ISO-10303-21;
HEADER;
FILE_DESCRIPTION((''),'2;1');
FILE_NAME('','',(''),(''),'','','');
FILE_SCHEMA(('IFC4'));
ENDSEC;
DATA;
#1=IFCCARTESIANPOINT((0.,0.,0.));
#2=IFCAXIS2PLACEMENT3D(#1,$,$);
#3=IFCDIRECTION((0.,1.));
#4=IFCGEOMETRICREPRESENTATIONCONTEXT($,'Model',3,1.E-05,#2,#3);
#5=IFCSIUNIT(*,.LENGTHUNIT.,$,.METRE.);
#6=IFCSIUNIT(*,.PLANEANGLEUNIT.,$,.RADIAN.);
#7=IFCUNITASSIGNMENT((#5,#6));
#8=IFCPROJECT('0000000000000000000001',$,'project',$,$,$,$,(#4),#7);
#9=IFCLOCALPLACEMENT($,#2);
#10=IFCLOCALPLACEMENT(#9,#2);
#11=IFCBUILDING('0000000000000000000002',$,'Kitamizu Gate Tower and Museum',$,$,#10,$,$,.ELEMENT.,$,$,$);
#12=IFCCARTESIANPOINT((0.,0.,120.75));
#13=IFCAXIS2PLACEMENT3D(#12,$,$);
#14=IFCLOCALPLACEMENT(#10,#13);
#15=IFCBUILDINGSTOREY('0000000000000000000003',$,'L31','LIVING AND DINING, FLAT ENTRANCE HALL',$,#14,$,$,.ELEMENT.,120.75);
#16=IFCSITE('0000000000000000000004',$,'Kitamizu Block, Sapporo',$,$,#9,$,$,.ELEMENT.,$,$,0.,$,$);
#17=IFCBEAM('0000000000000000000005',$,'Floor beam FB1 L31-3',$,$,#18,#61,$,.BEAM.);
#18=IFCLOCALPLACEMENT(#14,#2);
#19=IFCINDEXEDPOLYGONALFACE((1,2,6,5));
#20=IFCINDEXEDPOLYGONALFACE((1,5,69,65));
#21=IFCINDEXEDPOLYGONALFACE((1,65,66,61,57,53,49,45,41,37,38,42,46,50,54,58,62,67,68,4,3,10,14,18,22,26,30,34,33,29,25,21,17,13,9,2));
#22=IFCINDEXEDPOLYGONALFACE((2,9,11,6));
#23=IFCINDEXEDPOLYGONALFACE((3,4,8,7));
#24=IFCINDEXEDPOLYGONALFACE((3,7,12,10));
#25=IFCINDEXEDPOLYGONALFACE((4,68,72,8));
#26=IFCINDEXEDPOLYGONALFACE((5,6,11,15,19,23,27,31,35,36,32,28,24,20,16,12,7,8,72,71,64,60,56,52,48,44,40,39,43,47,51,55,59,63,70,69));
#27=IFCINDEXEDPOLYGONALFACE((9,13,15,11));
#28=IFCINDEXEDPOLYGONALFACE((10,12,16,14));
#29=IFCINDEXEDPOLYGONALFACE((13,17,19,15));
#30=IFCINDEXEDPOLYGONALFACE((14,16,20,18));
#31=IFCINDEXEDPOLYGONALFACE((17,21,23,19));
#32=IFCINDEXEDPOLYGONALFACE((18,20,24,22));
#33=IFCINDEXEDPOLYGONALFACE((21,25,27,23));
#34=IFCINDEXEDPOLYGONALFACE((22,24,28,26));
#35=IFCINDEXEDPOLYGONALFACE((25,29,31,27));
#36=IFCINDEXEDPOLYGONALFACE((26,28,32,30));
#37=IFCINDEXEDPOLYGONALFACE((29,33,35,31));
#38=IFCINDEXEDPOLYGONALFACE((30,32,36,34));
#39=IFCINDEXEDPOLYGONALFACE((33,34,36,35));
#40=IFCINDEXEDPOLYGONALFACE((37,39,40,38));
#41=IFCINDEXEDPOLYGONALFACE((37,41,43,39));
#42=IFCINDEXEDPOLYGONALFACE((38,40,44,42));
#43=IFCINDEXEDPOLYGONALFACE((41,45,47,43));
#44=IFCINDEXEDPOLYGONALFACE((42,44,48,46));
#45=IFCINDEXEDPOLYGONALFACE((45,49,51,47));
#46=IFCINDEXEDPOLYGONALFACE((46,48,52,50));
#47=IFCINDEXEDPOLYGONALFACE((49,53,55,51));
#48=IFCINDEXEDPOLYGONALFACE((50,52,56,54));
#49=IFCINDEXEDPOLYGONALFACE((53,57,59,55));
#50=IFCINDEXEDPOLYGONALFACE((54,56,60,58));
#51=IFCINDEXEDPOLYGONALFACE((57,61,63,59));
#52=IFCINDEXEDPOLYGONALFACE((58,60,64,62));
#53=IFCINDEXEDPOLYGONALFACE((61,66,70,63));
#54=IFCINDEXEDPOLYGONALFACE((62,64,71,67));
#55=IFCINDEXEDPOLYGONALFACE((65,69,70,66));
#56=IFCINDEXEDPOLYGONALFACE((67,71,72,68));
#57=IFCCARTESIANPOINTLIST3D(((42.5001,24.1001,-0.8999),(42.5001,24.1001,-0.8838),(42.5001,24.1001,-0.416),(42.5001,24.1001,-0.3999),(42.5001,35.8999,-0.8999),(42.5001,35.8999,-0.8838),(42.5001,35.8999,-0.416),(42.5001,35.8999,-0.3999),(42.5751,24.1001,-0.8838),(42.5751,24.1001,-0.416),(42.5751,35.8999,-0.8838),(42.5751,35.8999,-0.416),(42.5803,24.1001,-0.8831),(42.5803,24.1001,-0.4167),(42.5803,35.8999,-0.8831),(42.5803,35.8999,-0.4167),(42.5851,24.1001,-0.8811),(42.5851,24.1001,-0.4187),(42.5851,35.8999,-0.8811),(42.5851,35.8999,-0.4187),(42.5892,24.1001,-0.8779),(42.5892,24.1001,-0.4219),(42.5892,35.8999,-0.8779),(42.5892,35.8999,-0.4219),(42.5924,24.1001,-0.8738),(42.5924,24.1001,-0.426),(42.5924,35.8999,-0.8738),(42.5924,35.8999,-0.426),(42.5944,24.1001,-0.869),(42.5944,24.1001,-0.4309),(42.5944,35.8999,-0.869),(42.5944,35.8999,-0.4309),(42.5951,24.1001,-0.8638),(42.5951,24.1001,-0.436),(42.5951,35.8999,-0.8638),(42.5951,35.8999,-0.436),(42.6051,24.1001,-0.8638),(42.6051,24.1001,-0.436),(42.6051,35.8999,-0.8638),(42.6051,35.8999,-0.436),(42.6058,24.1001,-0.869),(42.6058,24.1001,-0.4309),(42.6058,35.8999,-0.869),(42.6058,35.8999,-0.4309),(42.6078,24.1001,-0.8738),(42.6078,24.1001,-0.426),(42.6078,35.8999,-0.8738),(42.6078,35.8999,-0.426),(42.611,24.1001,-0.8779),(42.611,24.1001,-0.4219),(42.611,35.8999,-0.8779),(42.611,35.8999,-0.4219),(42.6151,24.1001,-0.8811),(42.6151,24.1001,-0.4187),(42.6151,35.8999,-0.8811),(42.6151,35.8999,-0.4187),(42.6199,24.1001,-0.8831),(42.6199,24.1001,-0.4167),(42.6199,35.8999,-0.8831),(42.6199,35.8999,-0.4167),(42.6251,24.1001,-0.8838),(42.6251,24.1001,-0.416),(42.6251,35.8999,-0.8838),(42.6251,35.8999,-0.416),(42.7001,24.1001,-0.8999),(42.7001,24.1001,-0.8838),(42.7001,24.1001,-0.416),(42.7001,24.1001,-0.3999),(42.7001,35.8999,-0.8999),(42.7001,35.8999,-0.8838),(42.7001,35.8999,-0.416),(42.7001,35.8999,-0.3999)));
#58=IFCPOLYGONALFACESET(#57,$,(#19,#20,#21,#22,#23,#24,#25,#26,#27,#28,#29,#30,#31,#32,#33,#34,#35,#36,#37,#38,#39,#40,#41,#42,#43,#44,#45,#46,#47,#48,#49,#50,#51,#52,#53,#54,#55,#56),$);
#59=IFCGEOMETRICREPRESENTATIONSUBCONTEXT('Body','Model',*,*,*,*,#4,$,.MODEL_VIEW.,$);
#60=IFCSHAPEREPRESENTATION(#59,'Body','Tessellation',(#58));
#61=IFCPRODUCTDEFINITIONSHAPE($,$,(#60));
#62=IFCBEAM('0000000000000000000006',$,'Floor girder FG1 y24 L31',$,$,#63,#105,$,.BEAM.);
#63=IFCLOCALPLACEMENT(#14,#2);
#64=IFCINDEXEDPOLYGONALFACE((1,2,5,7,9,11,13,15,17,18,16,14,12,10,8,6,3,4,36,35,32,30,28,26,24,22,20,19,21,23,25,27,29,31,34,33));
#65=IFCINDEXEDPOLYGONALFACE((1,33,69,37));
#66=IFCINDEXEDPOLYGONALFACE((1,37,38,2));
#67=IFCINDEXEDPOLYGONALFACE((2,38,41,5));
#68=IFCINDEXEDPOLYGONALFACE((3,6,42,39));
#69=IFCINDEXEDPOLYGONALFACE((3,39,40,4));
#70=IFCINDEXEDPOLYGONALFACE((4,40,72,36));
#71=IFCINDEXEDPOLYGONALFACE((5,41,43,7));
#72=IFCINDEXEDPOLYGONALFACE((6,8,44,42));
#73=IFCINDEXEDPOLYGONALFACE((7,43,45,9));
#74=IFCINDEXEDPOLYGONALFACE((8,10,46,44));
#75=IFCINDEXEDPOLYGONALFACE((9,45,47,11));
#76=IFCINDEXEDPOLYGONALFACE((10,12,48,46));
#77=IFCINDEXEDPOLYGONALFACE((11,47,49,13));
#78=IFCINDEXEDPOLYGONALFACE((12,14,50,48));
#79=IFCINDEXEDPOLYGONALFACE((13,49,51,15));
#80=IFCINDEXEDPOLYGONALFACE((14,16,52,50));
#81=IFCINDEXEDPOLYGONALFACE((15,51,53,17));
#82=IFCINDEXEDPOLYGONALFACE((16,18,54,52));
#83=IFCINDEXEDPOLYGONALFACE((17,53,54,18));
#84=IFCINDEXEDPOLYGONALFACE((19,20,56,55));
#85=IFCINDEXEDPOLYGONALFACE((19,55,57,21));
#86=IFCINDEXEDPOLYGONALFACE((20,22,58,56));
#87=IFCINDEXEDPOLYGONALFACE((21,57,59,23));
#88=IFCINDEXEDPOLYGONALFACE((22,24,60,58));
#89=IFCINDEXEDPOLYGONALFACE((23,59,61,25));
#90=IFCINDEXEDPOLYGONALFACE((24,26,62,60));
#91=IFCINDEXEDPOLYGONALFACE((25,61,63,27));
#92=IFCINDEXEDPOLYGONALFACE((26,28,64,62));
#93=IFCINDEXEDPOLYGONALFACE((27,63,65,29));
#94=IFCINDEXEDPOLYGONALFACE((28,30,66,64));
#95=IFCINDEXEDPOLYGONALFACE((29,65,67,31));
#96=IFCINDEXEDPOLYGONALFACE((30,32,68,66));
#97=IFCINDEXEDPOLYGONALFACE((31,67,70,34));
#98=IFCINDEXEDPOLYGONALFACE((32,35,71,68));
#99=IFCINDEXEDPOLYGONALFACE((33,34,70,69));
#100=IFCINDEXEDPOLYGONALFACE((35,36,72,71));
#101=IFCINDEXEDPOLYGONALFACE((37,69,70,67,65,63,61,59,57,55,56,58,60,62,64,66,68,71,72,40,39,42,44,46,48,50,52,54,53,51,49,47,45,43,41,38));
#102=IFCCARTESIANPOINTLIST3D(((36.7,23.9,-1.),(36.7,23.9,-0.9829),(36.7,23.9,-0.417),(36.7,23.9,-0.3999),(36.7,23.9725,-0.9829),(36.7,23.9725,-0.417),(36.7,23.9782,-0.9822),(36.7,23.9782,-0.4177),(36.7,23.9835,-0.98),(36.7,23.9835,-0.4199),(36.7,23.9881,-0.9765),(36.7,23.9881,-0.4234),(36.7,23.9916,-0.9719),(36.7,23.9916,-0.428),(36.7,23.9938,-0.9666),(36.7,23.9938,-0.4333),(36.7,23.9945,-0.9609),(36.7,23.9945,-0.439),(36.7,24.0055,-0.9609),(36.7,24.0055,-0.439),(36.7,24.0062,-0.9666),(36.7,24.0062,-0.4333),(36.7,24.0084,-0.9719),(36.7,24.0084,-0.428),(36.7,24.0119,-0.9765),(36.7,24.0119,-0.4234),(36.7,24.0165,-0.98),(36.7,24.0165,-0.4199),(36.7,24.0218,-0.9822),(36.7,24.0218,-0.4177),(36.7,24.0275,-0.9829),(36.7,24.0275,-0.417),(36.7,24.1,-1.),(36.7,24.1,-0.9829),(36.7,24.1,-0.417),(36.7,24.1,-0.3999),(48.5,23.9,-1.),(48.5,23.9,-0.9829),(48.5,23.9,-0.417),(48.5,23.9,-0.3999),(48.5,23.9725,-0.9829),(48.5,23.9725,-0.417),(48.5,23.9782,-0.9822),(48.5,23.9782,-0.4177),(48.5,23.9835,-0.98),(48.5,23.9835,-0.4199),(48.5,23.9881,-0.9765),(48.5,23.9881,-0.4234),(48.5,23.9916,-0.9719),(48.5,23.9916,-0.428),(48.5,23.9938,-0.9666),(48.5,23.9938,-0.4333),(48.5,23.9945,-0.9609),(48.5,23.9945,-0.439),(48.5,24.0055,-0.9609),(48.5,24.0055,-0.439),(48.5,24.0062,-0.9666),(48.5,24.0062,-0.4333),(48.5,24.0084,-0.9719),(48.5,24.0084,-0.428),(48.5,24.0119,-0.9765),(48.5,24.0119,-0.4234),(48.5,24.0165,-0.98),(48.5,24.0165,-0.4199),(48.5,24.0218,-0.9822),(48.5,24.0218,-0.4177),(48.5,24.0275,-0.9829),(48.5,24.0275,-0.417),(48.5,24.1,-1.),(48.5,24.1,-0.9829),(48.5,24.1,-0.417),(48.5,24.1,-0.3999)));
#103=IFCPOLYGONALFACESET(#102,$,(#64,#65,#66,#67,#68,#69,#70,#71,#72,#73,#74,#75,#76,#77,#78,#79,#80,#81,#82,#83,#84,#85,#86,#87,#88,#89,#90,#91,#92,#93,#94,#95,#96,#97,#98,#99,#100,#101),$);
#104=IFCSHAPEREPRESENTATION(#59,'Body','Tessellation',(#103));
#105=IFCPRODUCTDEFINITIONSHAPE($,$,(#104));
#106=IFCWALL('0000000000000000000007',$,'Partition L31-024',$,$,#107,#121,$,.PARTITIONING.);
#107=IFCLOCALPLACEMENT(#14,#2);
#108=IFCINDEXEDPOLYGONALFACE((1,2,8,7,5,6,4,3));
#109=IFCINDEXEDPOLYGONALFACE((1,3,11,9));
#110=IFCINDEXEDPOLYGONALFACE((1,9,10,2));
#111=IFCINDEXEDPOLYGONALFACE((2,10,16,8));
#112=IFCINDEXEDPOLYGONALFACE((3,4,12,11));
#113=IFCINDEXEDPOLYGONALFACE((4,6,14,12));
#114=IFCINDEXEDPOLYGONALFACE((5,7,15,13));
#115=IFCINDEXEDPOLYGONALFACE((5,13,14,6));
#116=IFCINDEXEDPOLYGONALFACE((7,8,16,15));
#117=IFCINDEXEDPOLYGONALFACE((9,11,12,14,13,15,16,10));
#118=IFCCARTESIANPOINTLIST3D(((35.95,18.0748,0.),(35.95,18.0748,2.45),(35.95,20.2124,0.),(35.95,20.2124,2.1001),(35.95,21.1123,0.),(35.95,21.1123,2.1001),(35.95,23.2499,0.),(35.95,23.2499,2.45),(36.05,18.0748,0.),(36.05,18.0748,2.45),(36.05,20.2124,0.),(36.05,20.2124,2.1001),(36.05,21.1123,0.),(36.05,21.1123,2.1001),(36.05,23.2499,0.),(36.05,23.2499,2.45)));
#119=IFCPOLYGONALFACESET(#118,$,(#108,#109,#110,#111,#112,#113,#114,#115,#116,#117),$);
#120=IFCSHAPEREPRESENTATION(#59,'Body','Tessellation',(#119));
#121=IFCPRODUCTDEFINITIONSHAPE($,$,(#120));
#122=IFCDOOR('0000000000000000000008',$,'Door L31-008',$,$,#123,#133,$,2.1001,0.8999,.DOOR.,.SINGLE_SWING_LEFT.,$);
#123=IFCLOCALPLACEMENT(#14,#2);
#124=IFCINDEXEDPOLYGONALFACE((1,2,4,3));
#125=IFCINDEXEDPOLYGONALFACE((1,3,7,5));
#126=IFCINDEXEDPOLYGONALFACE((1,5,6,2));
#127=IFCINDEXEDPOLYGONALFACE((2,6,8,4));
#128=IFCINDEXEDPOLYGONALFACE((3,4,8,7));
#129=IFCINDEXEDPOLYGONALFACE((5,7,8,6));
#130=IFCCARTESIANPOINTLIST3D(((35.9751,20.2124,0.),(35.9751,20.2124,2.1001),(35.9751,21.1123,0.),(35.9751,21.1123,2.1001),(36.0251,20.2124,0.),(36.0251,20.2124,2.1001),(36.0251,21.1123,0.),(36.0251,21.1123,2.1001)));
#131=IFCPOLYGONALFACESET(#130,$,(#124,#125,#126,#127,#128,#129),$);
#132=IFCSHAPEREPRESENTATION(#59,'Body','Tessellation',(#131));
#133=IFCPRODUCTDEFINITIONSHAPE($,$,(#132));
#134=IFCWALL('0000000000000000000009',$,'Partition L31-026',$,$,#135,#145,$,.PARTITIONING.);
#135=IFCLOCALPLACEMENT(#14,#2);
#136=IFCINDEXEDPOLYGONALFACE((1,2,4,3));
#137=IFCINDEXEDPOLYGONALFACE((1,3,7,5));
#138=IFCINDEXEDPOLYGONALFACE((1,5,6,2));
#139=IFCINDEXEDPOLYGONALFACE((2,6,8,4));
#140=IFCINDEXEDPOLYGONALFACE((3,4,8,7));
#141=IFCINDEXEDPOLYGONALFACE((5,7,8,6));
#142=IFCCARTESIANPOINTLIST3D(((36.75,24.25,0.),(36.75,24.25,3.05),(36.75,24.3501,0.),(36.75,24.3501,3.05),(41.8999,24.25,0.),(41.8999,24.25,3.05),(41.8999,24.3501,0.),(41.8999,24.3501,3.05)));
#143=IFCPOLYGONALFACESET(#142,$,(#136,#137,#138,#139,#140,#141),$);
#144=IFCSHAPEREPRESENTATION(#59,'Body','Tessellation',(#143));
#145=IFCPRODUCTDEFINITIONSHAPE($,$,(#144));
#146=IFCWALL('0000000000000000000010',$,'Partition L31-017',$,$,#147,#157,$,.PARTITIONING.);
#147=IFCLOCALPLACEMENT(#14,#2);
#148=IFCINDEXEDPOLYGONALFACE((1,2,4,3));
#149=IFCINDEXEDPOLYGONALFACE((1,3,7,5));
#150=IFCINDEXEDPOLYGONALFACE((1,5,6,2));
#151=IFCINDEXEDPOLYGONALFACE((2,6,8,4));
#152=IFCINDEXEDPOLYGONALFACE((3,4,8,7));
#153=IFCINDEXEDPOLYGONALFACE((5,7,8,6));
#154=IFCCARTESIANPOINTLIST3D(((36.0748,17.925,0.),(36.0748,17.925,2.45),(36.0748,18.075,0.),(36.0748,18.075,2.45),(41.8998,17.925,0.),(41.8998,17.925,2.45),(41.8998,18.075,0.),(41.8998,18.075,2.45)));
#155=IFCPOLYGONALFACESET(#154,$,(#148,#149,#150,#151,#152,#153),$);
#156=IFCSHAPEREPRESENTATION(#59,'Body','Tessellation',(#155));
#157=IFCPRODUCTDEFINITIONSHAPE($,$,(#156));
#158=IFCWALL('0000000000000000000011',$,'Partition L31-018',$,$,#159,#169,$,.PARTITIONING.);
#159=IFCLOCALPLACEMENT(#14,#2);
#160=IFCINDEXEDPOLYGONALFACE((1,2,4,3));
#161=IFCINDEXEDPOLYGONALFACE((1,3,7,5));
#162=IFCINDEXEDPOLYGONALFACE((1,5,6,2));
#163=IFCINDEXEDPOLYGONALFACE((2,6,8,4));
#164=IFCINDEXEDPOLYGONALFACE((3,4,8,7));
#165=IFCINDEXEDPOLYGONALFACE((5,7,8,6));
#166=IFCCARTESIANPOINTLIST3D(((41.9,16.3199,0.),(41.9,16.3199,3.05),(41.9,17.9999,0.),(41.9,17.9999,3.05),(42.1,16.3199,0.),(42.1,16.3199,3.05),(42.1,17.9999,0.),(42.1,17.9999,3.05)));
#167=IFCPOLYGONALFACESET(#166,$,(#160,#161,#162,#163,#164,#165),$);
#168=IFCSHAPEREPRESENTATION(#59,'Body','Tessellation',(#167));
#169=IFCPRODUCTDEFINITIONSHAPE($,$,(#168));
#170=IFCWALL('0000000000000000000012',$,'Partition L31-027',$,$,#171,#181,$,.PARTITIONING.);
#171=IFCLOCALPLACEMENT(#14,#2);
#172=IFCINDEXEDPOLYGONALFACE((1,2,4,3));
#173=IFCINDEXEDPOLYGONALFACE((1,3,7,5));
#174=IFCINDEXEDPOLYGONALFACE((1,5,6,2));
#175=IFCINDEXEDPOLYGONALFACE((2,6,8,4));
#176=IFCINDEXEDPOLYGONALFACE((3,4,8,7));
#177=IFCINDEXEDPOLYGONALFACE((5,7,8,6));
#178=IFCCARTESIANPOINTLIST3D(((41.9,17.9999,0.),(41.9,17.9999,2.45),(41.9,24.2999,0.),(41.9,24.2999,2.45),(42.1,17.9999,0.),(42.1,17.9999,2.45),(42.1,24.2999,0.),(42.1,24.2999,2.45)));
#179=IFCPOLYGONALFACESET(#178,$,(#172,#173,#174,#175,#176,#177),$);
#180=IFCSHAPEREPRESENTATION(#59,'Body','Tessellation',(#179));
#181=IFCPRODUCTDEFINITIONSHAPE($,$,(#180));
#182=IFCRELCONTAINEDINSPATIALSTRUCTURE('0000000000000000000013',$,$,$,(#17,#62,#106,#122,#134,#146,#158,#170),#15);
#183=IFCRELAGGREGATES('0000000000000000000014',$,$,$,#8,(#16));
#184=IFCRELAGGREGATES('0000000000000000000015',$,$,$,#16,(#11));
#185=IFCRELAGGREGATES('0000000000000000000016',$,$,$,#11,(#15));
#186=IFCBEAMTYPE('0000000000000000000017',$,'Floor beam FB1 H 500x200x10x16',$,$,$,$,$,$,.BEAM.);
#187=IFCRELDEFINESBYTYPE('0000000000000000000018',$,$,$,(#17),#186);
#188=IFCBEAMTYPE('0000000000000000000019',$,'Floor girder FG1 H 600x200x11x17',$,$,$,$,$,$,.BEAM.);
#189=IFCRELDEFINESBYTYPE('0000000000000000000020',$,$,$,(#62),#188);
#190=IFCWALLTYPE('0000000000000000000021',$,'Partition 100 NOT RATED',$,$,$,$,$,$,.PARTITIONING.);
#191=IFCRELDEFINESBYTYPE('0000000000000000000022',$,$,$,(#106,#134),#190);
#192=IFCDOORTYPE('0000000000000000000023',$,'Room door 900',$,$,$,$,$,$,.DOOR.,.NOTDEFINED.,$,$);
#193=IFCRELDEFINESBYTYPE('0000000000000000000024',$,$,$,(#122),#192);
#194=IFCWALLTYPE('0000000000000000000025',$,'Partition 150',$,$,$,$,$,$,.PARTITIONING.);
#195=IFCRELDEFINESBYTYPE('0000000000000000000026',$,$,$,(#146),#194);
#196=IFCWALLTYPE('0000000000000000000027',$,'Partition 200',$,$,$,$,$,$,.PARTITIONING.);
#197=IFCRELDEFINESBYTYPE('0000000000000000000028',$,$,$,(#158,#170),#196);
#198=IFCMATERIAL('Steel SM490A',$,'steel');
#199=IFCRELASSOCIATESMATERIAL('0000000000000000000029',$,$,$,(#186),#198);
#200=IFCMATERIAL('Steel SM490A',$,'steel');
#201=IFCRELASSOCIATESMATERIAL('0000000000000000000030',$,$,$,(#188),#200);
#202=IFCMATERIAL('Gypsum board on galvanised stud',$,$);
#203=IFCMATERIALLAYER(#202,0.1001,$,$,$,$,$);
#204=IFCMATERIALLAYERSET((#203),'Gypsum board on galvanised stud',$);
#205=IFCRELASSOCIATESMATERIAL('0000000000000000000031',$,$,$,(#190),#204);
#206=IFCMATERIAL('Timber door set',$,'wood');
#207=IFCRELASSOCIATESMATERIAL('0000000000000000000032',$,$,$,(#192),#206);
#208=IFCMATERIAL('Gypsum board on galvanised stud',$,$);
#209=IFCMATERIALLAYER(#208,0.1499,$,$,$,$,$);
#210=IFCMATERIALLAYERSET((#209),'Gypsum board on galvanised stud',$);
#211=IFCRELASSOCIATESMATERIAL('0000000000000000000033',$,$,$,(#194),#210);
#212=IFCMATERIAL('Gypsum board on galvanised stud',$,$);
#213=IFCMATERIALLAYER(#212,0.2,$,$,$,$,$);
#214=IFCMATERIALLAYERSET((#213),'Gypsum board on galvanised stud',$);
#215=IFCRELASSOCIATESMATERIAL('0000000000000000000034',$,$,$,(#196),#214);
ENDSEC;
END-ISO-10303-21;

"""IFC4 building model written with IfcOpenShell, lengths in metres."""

from ifc_helpers import new_model, si_unit, direction, frame, frame_2d, origin, origin_2d, place, context, subcontext, project, spatial, rectangle, i_section, extrude, material, layer, layer_set, material_profile, profile_set, type_object, element, fill, save


model = new_model("IFC4")

# Units and contexts
model_context = context("Model", 3, precision=1e-05, world=origin(), true_north=direction((0.0, 1.0)))
body_context = subcontext(model_context, "Body", "Model", "MODEL_VIEW")
ifc_project = project(units=[si_unit("LENGTHUNIT", "METRE"), si_unit("PLANEANGLEUNIT", "RADIAN")], contexts=[model_context])

# Site, building, storey
site_placement = place(None, origin())
site = spatial("IfcSite", under=ifc_project, at=site_placement, Name="Kitamizu Block, Sapporo", CompositionType="ELEMENT", RefElevation=0.0)
building_placement = place(site_placement, origin())
building = spatial("IfcBuilding", under=site, at=building_placement, Name="Kitamizu Gate Tower and Museum", CompositionType="ELEMENT")
storey_placement = place(building_placement, frame((0.0, 0.0, 120.75)))
storey = spatial("IfcBuildingStorey", under=building, at=storey_placement, Name="L31", Description="LIVING AND DINING, FLAT ENTRANCE HALL", CompositionType="ELEMENT", Elevation=120.75)

# Beams
ifc_material_1 = material(Name="Steel SM490A", Category="steel")
ifc_material_profile_1 = material_profile(ifc_material_1, i_section(OverallWidth=0.2, OverallDepth=0.5, WebThickness=0.01, FlangeThickness=0.0161, FilletRadius=0.02, at=origin_2d()), Name="H-500x200x10x16")
ifc_profile_set_1 = profile_set([ifc_material_profile_1], Name="Steel SM490A")
beam_type_1 = type_object("IfcBeamType", Name="Floor beam FB1 H 500x200x10x16", PredefinedType="BEAM", material=ifc_profile_set_1)
beam_1_placement = place(storey_placement, frame((42.6001, 24.1001, -0.6499), z_axis=(0.0, 1.0, 0.0), x_axis=(-1.0, 0.0, 0.0)))
element("IfcBeam", 1, at=beam_1_placement, inside=storey, type_object=beam_type_1, Name="Floor beam FB1 L31-3", PredefinedType="BEAM", context=body_context, shape_type="SweptSolid", body=[
    extrude(i_section(OverallWidth=0.2, OverallDepth=0.5, WebThickness=0.01, FlangeThickness=0.0161, FilletRadius=0.02, at=origin_2d()), origin(), (0.0, 0.0, 1.0), 11.7998),
])
ifc_material_2 = material(Name="Steel SM490A", Category="steel")
ifc_material_profile_2 = material_profile(ifc_material_2, i_section(OverallWidth=0.2, OverallDepth=0.6001, WebThickness=0.011, FlangeThickness=0.0171, FilletRadius=0.022, at=origin_2d()), Name="H-600x200x11x17")
ifc_profile_set_2 = profile_set([ifc_material_profile_2], Name="Steel SM490A")
beam_type_2 = type_object("IfcBeamType", Name="Floor girder FG1 H 600x200x11x17", PredefinedType="BEAM", material=ifc_profile_set_2)
beam_2_placement = place(storey_placement, frame((36.7, 24.0, -0.7), z_axis=(1.0, 0.0, 0.0), x_axis=(0.0, 1.0, 0.0)))
element("IfcBeam", 2, at=beam_2_placement, inside=storey, type_object=beam_type_2, Name="Floor girder FG1 y24 L31", PredefinedType="BEAM", context=body_context, shape_type="SweptSolid", body=[
    extrude(i_section(OverallWidth=0.2, OverallDepth=0.6001, WebThickness=0.011, FlangeThickness=0.0171, FilletRadius=0.022, at=origin_2d()), origin(), (0.0, 0.0, 1.0), 11.8),
])

# Wall, opening, door
ifc_material_3 = material(Name="Gypsum board on galvanised stud")
ifc_layer_1 = layer(ifc_material_3, 0.1001)
ifc_layer_set_1 = layer_set([ifc_layer_1], Name="Gypsum board on galvanised stud")
wall_type_1 = type_object("IfcWallType", Name="Partition 100 NOT RATED", PredefinedType="PARTITIONING", material=ifc_layer_set_1)
wall_1_placement = place(storey_placement, frame((36.0, 18.075, 0.0), z_axis=(0.0, 0.0, 1.0), x_axis=(0.0, 1.0, 0.0)))
wall_1 = element("IfcWall", 3, at=wall_1_placement, inside=storey, type_object=wall_type_1, Name="Partition L31-024", PredefinedType="PARTITIONING", context=body_context, shape_type="SweptSolid", body=[
    extrude(rectangle(XDim=5.175, YDim=0.1001, at=frame_2d((2.5874, 0.0))), origin(), (0.0, 0.0, 1.0), 2.45),
])
opening_1_placement = place(wall_1_placement, frame((2.1375, 0.0, 0.0)))
opening_1 = element("IfcOpeningElement", 4, at=opening_1_placement, cuts=wall_1, PredefinedType="OPENING", context=body_context, shape_type="SweptSolid", body=[
    extrude(rectangle(XDim=0.8999, YDim=2.1001, at=frame_2d((0.45, 1.05))), frame((0.0, 0.0601, 0.0), z_axis=(0.0, -1.0, 0.0), x_axis=(1.0, 0.0, 0.0)), (0.0, 0.0, 1.0), 0.1201),
])
ifc_material_4 = material(Name="Timber door set", Category="wood")
door_type = type_object("IfcDoorType", Name="Room door 900", OperationType="NOTDEFINED", PredefinedType="DOOR", material=ifc_material_4)
door_1_placement = place(opening_1_placement, origin())
door_1 = element("IfcDoor", 5, at=door_1_placement, inside=storey, type_object=door_type, Name="Door L31-008", OperationType="SINGLE_SWING_LEFT", OverallHeight=2.1001, OverallWidth=0.8999, PredefinedType="DOOR", context=body_context, shape_type="SweptSolid", body=[
    extrude(rectangle(XDim=0.8999, YDim=2.1001, at=frame_2d((0.45, 1.05))), frame((0.0, 0.0249, 0.0), z_axis=(0.0, -1.0, 0.0), x_axis=(1.0, 0.0, 0.0)), (0.0, 0.0, 1.0), 0.05),
])
fill(opening_1, door_1)

# Walls
wall_2_placement = place(storey_placement, frame((41.8999, 24.3, 0.0), z_axis=(0.0, 0.0, 1.0), x_axis=(-1.0, 0.0, 0.0)))
element("IfcWall", 6, at=wall_2_placement, inside=storey, type_object=wall_type_1, Name="Partition L31-026", PredefinedType="PARTITIONING", context=body_context, shape_type="SweptSolid", body=[
    extrude(rectangle(XDim=5.1499, YDim=0.1001, at=frame_2d((2.575, 0.0))), origin(), (0.0, 0.0, 1.0), 3.05),
])
ifc_material_5 = material(Name="Gypsum board on galvanised stud")
ifc_layer_2 = layer(ifc_material_5, 0.1499)
ifc_layer_set_2 = layer_set([ifc_layer_2], Name="Gypsum board on galvanised stud")
wall_type_2 = type_object("IfcWallType", Name="Partition 150", PredefinedType="PARTITIONING", material=ifc_layer_set_2)
wall_3_placement = place(storey_placement, frame((41.8999, 18.0, 0.0), z_axis=(0.0, 0.0, 1.0), x_axis=(-1.0, 0.0, 0.0)))
element("IfcWall", 7, at=wall_3_placement, inside=storey, type_object=wall_type_2, Name="Partition L31-017", PredefinedType="PARTITIONING", context=body_context, shape_type="SweptSolid", body=[
    extrude(rectangle(XDim=5.825, YDim=0.1499, at=frame_2d((2.9126, 0.0))), origin(), (0.0, 0.0, 1.0), 2.45),
])
ifc_material_6 = material(Name="Gypsum board on galvanised stud")
ifc_layer_3 = layer(ifc_material_6, 0.2)
ifc_layer_set_3 = layer_set([ifc_layer_3], Name="Gypsum board on galvanised stud")
wall_type_3 = type_object("IfcWallType", Name="Partition 200", PredefinedType="PARTITIONING", material=ifc_layer_set_3)
wall_4_placement = place(storey_placement, frame((42.0, 16.3201, 0.0), z_axis=(0.0, 0.0, 1.0), x_axis=(0.0, 1.0, 0.0)))
element("IfcWall", 8, at=wall_4_placement, inside=storey, type_object=wall_type_3, Name="Partition L31-018", PredefinedType="PARTITIONING", context=body_context, shape_type="SweptSolid", body=[
    extrude(rectangle(XDim=1.6799, YDim=0.2, at=frame_2d((0.8398, 0.0))), origin(), (0.0, 0.0, 1.0), 3.05),
])
wall_5_placement = place(storey_placement, frame((42.0, 18.0, 0.0), z_axis=(0.0, 0.0, 1.0), x_axis=(0.0, 1.0, 0.0)))
element("IfcWall", 9, at=wall_5_placement, inside=storey, type_object=wall_type_3, Name="Partition L31-027", PredefinedType="PARTITIONING", context=body_context, shape_type="SweptSolid", body=[
    extrude(rectangle(XDim=6.3, YDim=0.2, at=frame_2d((3.1499, 0.0))), origin(), (0.0, 0.0, 1.0), 2.45),
])

save(model, "model.ifc")
